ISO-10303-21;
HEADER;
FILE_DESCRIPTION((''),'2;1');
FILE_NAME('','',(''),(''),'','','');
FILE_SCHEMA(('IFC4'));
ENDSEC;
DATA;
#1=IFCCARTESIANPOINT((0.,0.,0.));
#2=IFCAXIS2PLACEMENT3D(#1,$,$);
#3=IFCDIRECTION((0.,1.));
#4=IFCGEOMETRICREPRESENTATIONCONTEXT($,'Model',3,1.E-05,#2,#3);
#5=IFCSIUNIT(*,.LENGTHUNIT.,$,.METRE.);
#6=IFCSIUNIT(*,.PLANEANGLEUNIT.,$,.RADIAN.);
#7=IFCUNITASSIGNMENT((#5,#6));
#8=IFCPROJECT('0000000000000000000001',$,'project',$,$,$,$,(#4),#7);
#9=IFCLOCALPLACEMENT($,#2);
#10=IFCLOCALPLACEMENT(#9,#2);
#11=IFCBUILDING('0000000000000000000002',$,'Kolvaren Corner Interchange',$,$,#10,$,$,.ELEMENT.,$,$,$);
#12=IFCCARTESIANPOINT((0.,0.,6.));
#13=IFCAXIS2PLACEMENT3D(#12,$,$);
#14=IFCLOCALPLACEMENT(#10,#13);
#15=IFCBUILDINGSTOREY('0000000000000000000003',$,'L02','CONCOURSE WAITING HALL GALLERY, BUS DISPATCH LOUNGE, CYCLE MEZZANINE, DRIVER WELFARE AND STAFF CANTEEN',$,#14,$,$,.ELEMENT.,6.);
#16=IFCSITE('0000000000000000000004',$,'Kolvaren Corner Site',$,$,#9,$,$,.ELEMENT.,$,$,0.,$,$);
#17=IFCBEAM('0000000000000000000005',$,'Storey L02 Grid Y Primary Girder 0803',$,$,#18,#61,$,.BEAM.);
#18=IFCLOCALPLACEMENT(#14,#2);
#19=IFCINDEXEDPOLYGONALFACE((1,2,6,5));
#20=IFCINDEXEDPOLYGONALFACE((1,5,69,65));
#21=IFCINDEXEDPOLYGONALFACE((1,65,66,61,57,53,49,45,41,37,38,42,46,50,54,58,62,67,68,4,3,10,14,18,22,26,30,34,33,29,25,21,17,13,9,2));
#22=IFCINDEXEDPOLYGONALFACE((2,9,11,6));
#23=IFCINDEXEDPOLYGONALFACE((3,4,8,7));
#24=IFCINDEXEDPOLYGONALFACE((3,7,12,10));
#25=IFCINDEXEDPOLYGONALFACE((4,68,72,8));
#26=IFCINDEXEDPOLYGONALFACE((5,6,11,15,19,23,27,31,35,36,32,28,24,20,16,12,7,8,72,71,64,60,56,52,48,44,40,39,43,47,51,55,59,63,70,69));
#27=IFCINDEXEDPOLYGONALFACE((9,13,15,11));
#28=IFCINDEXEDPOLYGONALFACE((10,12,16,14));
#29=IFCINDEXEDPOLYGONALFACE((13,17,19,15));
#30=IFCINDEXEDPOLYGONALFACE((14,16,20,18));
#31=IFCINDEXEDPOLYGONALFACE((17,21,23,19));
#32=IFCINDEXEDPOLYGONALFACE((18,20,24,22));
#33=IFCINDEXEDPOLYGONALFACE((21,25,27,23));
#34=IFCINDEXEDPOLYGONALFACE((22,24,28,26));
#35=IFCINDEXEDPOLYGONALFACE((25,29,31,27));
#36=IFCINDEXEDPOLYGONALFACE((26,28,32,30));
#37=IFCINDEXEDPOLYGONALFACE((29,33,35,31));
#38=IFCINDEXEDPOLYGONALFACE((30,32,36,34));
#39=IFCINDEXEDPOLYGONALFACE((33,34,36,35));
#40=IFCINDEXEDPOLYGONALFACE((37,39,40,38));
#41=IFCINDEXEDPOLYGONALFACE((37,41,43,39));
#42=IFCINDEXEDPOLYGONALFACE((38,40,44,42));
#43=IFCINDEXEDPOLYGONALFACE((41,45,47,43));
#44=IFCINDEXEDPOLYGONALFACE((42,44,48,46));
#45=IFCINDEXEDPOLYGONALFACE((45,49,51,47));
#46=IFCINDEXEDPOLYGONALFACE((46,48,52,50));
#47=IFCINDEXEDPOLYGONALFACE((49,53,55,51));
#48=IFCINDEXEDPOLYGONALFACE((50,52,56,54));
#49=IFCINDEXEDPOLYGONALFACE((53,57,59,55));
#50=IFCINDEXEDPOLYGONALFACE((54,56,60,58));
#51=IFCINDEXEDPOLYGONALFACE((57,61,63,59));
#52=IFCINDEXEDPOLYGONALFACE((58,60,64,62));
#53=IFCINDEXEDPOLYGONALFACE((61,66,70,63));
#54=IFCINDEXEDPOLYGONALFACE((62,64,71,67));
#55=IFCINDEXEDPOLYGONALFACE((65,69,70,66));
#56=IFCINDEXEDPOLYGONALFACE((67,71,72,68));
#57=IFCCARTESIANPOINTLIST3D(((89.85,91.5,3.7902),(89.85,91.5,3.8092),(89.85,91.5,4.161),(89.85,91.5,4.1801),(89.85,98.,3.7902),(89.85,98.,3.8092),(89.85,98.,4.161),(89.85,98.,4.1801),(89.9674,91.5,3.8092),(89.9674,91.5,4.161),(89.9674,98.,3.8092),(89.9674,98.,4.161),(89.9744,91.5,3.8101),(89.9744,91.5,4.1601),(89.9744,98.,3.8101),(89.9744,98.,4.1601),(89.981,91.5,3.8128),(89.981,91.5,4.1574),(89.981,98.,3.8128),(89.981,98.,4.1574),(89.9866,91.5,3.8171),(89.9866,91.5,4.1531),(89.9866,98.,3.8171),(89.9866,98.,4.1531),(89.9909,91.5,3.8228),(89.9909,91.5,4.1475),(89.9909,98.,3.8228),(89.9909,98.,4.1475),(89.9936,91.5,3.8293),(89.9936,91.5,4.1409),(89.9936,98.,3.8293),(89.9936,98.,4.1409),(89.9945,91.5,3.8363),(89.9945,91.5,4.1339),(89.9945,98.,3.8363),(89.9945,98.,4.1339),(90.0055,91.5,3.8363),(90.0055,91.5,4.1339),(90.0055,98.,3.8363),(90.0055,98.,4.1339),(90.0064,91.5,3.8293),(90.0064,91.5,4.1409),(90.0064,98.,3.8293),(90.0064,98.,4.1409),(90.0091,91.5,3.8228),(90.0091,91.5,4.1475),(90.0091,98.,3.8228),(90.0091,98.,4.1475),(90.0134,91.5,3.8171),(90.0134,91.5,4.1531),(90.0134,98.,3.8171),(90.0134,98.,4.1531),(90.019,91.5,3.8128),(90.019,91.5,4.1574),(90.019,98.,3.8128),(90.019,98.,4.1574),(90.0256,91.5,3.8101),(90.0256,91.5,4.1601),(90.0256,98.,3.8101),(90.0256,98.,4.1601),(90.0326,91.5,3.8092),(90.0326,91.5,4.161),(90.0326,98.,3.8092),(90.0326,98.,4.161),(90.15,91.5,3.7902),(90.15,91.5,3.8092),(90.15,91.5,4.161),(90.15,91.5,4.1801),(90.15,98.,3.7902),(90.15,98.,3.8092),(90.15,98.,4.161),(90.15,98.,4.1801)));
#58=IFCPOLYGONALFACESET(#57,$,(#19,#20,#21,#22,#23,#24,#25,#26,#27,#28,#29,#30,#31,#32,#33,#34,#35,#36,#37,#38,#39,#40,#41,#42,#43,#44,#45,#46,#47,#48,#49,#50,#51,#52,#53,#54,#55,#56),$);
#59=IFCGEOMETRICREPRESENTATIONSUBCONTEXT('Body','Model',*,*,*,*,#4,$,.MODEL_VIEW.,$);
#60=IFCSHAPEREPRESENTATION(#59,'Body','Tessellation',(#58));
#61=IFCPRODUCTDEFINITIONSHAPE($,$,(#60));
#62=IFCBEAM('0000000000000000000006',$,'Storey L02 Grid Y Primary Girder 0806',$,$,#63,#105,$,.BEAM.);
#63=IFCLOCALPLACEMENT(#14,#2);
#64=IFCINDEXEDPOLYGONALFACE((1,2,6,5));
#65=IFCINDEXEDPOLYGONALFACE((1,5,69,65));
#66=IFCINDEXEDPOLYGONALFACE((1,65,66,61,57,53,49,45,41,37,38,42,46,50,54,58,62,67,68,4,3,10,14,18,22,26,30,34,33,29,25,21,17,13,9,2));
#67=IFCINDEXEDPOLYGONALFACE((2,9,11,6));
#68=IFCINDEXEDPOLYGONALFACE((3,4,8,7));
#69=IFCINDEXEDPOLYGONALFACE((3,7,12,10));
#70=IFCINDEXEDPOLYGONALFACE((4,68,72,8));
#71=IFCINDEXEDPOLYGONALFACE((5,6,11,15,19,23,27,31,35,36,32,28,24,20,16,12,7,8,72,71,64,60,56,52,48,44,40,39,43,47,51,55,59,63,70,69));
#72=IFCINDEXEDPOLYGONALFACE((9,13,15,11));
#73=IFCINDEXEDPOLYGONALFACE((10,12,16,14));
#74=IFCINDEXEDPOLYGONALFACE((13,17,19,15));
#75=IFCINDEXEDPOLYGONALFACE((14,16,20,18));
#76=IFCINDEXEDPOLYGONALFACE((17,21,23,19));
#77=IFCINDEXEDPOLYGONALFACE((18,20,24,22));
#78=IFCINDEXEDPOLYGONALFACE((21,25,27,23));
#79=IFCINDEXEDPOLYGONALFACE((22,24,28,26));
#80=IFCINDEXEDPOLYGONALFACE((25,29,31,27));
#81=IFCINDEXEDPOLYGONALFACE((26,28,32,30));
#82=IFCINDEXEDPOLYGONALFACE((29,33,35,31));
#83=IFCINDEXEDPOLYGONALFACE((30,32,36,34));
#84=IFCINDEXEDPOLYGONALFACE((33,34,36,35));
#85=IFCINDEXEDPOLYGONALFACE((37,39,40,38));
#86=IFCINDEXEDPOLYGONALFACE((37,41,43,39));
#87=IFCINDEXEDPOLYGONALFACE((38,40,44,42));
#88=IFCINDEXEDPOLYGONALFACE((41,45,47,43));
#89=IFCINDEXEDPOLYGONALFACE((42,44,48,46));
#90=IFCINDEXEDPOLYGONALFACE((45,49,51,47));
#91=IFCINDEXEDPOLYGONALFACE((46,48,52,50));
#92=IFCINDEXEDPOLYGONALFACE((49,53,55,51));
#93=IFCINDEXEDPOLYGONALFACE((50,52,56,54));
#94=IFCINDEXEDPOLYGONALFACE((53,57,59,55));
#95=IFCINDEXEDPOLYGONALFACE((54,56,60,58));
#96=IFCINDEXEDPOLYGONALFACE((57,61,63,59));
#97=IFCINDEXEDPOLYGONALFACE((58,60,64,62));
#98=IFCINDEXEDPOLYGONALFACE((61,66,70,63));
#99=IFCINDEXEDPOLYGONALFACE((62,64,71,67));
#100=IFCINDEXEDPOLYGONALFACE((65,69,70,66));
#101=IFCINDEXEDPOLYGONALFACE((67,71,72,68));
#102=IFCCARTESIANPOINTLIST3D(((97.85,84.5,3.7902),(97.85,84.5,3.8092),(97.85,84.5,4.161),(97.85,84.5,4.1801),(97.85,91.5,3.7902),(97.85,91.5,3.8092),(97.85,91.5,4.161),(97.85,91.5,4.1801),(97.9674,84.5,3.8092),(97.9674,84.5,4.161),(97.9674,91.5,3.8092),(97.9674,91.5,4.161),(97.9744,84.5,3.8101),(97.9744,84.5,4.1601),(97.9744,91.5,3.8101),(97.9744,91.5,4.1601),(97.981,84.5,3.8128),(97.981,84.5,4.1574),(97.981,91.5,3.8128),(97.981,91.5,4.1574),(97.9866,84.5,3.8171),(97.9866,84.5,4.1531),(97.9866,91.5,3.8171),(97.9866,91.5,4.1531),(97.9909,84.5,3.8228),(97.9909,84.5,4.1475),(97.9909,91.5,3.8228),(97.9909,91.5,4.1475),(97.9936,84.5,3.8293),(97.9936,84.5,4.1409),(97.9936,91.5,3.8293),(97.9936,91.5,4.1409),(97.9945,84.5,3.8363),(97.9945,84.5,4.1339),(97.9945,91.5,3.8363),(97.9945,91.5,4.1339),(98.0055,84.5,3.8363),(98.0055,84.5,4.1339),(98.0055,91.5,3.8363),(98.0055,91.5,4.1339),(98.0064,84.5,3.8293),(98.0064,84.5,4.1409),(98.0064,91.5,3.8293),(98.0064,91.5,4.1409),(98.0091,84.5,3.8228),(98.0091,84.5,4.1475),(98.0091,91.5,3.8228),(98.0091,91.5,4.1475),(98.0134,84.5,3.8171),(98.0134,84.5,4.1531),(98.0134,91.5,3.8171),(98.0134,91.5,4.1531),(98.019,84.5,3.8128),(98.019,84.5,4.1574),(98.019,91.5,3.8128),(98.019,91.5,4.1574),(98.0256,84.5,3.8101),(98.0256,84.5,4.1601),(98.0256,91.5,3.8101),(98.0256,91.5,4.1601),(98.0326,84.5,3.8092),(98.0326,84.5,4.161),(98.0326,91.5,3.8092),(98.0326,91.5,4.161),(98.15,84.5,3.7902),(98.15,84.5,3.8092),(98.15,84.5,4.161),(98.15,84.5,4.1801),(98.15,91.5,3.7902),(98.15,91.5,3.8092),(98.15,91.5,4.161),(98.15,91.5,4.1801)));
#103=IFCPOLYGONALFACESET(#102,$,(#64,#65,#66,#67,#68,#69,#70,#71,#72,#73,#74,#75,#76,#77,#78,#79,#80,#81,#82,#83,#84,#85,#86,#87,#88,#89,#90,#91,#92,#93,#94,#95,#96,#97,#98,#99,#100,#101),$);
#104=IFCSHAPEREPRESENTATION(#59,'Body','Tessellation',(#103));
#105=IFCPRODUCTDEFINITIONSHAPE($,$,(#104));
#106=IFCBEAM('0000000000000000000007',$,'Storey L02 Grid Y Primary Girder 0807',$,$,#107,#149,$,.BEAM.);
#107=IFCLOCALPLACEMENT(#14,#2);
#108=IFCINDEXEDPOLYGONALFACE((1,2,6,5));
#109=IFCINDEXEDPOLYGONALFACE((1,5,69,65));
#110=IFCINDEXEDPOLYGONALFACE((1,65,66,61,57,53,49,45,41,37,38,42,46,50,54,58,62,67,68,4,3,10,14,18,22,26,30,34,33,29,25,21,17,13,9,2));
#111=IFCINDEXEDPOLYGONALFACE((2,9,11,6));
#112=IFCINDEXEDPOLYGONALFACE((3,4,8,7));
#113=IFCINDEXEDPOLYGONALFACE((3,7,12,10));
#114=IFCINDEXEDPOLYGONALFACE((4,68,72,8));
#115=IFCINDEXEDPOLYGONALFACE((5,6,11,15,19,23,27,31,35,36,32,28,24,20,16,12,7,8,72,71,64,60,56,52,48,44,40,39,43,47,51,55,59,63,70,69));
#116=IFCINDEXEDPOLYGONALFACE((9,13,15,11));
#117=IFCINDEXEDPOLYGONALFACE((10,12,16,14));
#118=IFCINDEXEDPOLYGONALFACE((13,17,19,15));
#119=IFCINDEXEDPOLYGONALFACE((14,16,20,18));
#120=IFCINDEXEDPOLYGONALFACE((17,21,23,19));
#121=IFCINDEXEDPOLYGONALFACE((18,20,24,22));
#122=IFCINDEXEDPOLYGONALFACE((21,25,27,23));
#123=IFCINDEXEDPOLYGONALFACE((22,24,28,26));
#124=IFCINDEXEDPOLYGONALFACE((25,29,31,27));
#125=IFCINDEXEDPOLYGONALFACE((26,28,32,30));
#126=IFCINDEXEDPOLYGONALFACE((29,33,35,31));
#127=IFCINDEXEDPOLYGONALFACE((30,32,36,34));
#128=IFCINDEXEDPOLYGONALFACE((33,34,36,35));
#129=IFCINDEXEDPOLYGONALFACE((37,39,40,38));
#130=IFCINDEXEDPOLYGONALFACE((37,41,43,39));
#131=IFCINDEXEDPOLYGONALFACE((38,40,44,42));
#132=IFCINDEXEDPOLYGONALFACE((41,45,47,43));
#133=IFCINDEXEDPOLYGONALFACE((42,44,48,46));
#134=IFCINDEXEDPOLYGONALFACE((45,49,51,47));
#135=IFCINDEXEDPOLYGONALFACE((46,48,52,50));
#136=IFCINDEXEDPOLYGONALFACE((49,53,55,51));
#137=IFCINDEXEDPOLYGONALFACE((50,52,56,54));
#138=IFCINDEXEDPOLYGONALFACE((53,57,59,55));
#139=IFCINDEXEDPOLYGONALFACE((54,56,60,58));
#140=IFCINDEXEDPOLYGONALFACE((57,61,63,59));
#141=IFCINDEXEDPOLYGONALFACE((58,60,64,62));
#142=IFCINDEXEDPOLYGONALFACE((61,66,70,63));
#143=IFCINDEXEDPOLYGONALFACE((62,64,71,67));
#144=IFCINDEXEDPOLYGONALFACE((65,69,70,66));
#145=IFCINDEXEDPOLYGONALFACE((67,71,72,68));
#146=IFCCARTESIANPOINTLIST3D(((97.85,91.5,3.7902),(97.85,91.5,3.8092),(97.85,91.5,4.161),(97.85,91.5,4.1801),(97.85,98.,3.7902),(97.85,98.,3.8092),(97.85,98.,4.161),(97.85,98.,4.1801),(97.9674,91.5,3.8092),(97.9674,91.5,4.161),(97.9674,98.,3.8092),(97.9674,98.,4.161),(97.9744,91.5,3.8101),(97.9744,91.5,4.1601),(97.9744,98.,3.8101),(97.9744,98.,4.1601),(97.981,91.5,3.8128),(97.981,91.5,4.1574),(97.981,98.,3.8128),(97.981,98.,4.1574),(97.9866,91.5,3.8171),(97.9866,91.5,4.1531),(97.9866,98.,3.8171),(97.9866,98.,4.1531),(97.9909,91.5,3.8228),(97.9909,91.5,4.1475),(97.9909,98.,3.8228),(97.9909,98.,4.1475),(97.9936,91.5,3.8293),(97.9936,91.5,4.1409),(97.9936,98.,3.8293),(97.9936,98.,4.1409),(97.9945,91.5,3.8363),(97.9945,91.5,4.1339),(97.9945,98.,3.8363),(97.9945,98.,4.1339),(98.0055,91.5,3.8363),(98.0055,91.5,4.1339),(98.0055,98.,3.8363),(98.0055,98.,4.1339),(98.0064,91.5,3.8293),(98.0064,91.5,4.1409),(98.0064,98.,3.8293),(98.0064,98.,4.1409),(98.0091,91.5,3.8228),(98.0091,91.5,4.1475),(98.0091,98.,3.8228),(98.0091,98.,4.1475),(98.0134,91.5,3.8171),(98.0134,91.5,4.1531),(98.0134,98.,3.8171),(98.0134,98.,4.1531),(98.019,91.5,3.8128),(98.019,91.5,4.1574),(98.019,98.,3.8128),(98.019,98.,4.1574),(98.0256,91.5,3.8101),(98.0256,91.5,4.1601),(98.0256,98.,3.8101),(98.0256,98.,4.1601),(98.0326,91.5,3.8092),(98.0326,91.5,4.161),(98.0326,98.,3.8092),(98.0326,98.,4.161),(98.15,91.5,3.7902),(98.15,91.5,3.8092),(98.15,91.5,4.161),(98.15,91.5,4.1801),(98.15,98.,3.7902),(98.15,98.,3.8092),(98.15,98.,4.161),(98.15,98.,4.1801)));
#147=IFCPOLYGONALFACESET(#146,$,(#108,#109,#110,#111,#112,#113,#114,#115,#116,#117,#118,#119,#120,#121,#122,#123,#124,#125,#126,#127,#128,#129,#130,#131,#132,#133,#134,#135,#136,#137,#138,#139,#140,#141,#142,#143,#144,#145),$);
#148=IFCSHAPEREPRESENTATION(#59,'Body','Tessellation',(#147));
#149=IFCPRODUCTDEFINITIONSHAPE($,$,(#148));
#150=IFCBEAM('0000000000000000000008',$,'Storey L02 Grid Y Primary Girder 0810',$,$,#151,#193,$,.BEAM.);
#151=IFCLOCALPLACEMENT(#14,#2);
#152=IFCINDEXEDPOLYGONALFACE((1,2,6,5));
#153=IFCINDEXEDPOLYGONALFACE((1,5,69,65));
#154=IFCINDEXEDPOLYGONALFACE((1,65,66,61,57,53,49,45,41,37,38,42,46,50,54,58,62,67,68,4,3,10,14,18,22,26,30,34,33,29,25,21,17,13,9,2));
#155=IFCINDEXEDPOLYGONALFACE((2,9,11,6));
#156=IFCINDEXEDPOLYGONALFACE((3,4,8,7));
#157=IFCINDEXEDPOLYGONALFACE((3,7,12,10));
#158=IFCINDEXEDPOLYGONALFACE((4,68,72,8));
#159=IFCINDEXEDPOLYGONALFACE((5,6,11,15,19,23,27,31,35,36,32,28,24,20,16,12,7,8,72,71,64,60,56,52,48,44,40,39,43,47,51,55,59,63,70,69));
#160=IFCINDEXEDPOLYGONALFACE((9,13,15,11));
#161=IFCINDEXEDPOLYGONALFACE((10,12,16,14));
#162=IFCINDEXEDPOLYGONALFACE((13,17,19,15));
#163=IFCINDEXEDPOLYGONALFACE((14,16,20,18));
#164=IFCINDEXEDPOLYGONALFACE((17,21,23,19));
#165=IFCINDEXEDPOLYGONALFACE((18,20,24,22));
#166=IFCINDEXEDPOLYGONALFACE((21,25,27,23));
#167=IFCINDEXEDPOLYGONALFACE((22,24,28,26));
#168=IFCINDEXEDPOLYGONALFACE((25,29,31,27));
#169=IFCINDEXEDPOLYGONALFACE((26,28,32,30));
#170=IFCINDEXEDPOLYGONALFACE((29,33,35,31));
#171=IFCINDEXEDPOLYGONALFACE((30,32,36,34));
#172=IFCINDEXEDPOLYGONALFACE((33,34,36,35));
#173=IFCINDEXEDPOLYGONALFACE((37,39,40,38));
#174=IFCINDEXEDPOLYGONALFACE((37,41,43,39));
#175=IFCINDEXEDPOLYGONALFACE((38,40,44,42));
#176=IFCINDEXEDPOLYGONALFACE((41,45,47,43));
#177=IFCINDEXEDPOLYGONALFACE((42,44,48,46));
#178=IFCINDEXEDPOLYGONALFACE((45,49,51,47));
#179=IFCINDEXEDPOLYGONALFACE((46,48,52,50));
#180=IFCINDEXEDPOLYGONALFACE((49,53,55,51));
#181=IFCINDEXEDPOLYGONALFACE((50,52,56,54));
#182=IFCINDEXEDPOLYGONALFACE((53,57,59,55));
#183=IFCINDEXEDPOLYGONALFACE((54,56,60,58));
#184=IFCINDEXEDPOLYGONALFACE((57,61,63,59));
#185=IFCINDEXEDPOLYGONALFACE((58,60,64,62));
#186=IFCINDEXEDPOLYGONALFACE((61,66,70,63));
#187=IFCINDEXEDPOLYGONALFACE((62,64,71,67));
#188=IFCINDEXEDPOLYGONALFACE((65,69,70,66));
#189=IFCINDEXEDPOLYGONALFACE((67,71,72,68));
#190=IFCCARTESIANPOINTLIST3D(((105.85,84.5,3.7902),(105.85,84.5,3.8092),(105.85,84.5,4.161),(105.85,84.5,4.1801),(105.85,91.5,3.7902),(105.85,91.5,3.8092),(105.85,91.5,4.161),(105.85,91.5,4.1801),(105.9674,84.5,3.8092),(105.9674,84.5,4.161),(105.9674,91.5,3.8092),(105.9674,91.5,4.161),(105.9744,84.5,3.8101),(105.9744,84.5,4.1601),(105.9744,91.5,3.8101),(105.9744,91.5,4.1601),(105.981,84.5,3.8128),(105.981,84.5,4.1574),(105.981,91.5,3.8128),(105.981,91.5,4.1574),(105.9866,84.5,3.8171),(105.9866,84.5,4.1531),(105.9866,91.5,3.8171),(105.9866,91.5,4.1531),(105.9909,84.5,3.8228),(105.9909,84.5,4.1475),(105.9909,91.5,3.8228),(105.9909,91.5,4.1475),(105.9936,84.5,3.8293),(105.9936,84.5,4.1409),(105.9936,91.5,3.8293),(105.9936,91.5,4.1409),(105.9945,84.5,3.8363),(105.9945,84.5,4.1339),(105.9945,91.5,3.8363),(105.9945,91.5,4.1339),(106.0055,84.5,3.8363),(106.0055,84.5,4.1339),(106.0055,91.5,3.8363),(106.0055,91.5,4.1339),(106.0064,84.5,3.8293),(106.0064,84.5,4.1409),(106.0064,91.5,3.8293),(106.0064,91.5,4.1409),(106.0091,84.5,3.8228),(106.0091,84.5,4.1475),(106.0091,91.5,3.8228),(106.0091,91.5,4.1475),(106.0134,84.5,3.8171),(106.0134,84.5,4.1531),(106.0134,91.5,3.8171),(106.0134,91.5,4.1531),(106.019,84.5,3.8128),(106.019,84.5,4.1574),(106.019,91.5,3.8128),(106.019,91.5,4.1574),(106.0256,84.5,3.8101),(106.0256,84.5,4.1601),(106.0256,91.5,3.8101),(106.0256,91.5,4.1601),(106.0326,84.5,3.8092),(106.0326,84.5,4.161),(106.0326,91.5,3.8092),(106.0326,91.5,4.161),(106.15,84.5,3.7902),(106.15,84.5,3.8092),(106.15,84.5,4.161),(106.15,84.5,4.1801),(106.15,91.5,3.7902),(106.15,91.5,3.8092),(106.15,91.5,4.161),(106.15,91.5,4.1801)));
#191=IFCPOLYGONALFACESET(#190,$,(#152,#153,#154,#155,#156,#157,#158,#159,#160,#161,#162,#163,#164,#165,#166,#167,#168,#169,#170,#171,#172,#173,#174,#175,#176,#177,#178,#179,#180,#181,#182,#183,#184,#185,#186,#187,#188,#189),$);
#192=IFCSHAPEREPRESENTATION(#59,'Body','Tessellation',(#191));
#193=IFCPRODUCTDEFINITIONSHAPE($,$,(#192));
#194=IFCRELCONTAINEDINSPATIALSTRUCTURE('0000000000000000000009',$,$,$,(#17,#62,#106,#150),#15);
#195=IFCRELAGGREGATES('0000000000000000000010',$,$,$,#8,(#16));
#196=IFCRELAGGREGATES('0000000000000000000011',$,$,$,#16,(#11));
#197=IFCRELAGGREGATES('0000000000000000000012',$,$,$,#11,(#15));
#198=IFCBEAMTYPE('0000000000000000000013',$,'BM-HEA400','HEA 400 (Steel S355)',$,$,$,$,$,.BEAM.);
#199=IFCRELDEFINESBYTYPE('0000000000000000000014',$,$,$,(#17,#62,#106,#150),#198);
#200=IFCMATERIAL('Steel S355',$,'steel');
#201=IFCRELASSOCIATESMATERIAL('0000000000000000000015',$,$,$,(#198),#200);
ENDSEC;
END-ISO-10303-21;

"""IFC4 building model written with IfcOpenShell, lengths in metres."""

from ifc_helpers import new_model, si_unit, direction, frame, origin, origin_2d, place, context, subcontext, project, spatial, i_section, extrude, material, material_profile, profile_set, type_object, element, save


model = new_model("IFC4")

# Units and contexts
model_context = context("Model", 3, precision=1e-05, world=origin(), true_north=direction((0.0, 1.0)))
body_context = subcontext(model_context, "Body", "Model", "MODEL_VIEW")
ifc_project = project(units=[si_unit("LENGTHUNIT", "METRE"), si_unit("PLANEANGLEUNIT", "RADIAN")], contexts=[model_context])

# Site, building, storey
site_placement = place(None, origin())
site = spatial("IfcSite", under=ifc_project, at=site_placement, Name="Kolvaren Corner Site", CompositionType="ELEMENT", RefElevation=0.0)
building_placement = place(site_placement, origin())
building = spatial("IfcBuilding", under=site, at=building_placement, Name="Kolvaren Corner Interchange", CompositionType="ELEMENT")
storey_placement = place(building_placement, frame((0.0, 0.0, 6.0)))
storey = spatial("IfcBuildingStorey", under=building, at=storey_placement, Name="L02", Description="CONCOURSE WAITING HALL GALLERY, BUS DISPATCH LOUNGE, CYCLE MEZZANINE, DRIVER WELFARE AND STAFF CANTEEN", CompositionType="ELEMENT", Elevation=6.0)

# Beams
ifc_material_1 = material(Name="Steel S355", Category="steel")
ifc_material_profile_1 = material_profile(ifc_material_1, i_section(OverallWidth=0.3, OverallDepth=0.3899, WebThickness=0.011, FlangeThickness=0.019, FilletRadius=0.0271, at=origin_2d()), Name="HEA 400")
ifc_profile_set_1 = profile_set([ifc_material_profile_1], Name="Steel S355")
beam_type_1 = type_object("IfcBeamType", Name="BM-HEA400", Description="HEA 400 (Steel S355)", PredefinedType="BEAM", material=ifc_profile_set_1)
beam_1_placement = place(storey_placement, frame((90.0, 91.5, 3.9851), z_axis=(0.0, 1.0, 0.0), x_axis=(-1.0, 0.0, 0.0)))
element("IfcBeam", 1, at=beam_1_placement, inside=storey, type_object=beam_type_1, Name="Storey L02 Grid Y Primary Girder 0803", PredefinedType="BEAM", context=body_context, shape_type="SweptSolid", body=[
    extrude(i_section(OverallWidth=0.3, OverallDepth=0.3899, WebThickness=0.011, FlangeThickness=0.019, FilletRadius=0.0271, at=origin_2d()), origin(), (0.0, 0.0, 1.0), 6.5),
])
beam_2_placement = place(storey_placement, frame((98.0, 84.5, 3.9851), z_axis=(0.0, 1.0, 0.0), x_axis=(-1.0, 0.0, 0.0)))
element("IfcBeam", 2, at=beam_2_placement, inside=storey, type_object=beam_type_1, Name="Storey L02 Grid Y Primary Girder 0806", PredefinedType="BEAM", context=body_context, shape_type="SweptSolid", body=[
    extrude(i_section(OverallWidth=0.3, OverallDepth=0.3899, WebThickness=0.011, FlangeThickness=0.019, FilletRadius=0.0271, at=origin_2d()), origin(), (0.0, 0.0, 1.0), 7.0),
])
beam_3_placement = place(storey_placement, frame((98.0, 91.5, 3.9851), z_axis=(0.0, 1.0, 0.0), x_axis=(-1.0, 0.0, 0.0)))
element("IfcBeam", 3, at=beam_3_placement, inside=storey, type_object=beam_type_1, Name="Storey L02 Grid Y Primary Girder 0807", PredefinedType="BEAM", context=body_context, shape_type="SweptSolid", body=[
    extrude(i_section(OverallWidth=0.3, OverallDepth=0.3899, WebThickness=0.011, FlangeThickness=0.019, FilletRadius=0.0271, at=origin_2d()), origin(), (0.0, 0.0, 1.0), 6.5),
])
beam_4_placement = place(storey_placement, frame((106.0, 84.5, 3.9851), z_axis=(0.0, 1.0, 0.0), x_axis=(-1.0, 0.0, 0.0)))
element("IfcBeam", 4, at=beam_4_placement, inside=storey, type_object=beam_type_1, Name="Storey L02 Grid Y Primary Girder 0810", PredefinedType="BEAM", context=body_context, shape_type="SweptSolid", body=[
    extrude(i_section(OverallWidth=0.3, OverallDepth=0.3899, WebThickness=0.011, FlangeThickness=0.019, FilletRadius=0.0271, at=origin_2d()), origin(), (0.0, 0.0, 1.0), 7.0),
])

save(model, "model.ifc")
